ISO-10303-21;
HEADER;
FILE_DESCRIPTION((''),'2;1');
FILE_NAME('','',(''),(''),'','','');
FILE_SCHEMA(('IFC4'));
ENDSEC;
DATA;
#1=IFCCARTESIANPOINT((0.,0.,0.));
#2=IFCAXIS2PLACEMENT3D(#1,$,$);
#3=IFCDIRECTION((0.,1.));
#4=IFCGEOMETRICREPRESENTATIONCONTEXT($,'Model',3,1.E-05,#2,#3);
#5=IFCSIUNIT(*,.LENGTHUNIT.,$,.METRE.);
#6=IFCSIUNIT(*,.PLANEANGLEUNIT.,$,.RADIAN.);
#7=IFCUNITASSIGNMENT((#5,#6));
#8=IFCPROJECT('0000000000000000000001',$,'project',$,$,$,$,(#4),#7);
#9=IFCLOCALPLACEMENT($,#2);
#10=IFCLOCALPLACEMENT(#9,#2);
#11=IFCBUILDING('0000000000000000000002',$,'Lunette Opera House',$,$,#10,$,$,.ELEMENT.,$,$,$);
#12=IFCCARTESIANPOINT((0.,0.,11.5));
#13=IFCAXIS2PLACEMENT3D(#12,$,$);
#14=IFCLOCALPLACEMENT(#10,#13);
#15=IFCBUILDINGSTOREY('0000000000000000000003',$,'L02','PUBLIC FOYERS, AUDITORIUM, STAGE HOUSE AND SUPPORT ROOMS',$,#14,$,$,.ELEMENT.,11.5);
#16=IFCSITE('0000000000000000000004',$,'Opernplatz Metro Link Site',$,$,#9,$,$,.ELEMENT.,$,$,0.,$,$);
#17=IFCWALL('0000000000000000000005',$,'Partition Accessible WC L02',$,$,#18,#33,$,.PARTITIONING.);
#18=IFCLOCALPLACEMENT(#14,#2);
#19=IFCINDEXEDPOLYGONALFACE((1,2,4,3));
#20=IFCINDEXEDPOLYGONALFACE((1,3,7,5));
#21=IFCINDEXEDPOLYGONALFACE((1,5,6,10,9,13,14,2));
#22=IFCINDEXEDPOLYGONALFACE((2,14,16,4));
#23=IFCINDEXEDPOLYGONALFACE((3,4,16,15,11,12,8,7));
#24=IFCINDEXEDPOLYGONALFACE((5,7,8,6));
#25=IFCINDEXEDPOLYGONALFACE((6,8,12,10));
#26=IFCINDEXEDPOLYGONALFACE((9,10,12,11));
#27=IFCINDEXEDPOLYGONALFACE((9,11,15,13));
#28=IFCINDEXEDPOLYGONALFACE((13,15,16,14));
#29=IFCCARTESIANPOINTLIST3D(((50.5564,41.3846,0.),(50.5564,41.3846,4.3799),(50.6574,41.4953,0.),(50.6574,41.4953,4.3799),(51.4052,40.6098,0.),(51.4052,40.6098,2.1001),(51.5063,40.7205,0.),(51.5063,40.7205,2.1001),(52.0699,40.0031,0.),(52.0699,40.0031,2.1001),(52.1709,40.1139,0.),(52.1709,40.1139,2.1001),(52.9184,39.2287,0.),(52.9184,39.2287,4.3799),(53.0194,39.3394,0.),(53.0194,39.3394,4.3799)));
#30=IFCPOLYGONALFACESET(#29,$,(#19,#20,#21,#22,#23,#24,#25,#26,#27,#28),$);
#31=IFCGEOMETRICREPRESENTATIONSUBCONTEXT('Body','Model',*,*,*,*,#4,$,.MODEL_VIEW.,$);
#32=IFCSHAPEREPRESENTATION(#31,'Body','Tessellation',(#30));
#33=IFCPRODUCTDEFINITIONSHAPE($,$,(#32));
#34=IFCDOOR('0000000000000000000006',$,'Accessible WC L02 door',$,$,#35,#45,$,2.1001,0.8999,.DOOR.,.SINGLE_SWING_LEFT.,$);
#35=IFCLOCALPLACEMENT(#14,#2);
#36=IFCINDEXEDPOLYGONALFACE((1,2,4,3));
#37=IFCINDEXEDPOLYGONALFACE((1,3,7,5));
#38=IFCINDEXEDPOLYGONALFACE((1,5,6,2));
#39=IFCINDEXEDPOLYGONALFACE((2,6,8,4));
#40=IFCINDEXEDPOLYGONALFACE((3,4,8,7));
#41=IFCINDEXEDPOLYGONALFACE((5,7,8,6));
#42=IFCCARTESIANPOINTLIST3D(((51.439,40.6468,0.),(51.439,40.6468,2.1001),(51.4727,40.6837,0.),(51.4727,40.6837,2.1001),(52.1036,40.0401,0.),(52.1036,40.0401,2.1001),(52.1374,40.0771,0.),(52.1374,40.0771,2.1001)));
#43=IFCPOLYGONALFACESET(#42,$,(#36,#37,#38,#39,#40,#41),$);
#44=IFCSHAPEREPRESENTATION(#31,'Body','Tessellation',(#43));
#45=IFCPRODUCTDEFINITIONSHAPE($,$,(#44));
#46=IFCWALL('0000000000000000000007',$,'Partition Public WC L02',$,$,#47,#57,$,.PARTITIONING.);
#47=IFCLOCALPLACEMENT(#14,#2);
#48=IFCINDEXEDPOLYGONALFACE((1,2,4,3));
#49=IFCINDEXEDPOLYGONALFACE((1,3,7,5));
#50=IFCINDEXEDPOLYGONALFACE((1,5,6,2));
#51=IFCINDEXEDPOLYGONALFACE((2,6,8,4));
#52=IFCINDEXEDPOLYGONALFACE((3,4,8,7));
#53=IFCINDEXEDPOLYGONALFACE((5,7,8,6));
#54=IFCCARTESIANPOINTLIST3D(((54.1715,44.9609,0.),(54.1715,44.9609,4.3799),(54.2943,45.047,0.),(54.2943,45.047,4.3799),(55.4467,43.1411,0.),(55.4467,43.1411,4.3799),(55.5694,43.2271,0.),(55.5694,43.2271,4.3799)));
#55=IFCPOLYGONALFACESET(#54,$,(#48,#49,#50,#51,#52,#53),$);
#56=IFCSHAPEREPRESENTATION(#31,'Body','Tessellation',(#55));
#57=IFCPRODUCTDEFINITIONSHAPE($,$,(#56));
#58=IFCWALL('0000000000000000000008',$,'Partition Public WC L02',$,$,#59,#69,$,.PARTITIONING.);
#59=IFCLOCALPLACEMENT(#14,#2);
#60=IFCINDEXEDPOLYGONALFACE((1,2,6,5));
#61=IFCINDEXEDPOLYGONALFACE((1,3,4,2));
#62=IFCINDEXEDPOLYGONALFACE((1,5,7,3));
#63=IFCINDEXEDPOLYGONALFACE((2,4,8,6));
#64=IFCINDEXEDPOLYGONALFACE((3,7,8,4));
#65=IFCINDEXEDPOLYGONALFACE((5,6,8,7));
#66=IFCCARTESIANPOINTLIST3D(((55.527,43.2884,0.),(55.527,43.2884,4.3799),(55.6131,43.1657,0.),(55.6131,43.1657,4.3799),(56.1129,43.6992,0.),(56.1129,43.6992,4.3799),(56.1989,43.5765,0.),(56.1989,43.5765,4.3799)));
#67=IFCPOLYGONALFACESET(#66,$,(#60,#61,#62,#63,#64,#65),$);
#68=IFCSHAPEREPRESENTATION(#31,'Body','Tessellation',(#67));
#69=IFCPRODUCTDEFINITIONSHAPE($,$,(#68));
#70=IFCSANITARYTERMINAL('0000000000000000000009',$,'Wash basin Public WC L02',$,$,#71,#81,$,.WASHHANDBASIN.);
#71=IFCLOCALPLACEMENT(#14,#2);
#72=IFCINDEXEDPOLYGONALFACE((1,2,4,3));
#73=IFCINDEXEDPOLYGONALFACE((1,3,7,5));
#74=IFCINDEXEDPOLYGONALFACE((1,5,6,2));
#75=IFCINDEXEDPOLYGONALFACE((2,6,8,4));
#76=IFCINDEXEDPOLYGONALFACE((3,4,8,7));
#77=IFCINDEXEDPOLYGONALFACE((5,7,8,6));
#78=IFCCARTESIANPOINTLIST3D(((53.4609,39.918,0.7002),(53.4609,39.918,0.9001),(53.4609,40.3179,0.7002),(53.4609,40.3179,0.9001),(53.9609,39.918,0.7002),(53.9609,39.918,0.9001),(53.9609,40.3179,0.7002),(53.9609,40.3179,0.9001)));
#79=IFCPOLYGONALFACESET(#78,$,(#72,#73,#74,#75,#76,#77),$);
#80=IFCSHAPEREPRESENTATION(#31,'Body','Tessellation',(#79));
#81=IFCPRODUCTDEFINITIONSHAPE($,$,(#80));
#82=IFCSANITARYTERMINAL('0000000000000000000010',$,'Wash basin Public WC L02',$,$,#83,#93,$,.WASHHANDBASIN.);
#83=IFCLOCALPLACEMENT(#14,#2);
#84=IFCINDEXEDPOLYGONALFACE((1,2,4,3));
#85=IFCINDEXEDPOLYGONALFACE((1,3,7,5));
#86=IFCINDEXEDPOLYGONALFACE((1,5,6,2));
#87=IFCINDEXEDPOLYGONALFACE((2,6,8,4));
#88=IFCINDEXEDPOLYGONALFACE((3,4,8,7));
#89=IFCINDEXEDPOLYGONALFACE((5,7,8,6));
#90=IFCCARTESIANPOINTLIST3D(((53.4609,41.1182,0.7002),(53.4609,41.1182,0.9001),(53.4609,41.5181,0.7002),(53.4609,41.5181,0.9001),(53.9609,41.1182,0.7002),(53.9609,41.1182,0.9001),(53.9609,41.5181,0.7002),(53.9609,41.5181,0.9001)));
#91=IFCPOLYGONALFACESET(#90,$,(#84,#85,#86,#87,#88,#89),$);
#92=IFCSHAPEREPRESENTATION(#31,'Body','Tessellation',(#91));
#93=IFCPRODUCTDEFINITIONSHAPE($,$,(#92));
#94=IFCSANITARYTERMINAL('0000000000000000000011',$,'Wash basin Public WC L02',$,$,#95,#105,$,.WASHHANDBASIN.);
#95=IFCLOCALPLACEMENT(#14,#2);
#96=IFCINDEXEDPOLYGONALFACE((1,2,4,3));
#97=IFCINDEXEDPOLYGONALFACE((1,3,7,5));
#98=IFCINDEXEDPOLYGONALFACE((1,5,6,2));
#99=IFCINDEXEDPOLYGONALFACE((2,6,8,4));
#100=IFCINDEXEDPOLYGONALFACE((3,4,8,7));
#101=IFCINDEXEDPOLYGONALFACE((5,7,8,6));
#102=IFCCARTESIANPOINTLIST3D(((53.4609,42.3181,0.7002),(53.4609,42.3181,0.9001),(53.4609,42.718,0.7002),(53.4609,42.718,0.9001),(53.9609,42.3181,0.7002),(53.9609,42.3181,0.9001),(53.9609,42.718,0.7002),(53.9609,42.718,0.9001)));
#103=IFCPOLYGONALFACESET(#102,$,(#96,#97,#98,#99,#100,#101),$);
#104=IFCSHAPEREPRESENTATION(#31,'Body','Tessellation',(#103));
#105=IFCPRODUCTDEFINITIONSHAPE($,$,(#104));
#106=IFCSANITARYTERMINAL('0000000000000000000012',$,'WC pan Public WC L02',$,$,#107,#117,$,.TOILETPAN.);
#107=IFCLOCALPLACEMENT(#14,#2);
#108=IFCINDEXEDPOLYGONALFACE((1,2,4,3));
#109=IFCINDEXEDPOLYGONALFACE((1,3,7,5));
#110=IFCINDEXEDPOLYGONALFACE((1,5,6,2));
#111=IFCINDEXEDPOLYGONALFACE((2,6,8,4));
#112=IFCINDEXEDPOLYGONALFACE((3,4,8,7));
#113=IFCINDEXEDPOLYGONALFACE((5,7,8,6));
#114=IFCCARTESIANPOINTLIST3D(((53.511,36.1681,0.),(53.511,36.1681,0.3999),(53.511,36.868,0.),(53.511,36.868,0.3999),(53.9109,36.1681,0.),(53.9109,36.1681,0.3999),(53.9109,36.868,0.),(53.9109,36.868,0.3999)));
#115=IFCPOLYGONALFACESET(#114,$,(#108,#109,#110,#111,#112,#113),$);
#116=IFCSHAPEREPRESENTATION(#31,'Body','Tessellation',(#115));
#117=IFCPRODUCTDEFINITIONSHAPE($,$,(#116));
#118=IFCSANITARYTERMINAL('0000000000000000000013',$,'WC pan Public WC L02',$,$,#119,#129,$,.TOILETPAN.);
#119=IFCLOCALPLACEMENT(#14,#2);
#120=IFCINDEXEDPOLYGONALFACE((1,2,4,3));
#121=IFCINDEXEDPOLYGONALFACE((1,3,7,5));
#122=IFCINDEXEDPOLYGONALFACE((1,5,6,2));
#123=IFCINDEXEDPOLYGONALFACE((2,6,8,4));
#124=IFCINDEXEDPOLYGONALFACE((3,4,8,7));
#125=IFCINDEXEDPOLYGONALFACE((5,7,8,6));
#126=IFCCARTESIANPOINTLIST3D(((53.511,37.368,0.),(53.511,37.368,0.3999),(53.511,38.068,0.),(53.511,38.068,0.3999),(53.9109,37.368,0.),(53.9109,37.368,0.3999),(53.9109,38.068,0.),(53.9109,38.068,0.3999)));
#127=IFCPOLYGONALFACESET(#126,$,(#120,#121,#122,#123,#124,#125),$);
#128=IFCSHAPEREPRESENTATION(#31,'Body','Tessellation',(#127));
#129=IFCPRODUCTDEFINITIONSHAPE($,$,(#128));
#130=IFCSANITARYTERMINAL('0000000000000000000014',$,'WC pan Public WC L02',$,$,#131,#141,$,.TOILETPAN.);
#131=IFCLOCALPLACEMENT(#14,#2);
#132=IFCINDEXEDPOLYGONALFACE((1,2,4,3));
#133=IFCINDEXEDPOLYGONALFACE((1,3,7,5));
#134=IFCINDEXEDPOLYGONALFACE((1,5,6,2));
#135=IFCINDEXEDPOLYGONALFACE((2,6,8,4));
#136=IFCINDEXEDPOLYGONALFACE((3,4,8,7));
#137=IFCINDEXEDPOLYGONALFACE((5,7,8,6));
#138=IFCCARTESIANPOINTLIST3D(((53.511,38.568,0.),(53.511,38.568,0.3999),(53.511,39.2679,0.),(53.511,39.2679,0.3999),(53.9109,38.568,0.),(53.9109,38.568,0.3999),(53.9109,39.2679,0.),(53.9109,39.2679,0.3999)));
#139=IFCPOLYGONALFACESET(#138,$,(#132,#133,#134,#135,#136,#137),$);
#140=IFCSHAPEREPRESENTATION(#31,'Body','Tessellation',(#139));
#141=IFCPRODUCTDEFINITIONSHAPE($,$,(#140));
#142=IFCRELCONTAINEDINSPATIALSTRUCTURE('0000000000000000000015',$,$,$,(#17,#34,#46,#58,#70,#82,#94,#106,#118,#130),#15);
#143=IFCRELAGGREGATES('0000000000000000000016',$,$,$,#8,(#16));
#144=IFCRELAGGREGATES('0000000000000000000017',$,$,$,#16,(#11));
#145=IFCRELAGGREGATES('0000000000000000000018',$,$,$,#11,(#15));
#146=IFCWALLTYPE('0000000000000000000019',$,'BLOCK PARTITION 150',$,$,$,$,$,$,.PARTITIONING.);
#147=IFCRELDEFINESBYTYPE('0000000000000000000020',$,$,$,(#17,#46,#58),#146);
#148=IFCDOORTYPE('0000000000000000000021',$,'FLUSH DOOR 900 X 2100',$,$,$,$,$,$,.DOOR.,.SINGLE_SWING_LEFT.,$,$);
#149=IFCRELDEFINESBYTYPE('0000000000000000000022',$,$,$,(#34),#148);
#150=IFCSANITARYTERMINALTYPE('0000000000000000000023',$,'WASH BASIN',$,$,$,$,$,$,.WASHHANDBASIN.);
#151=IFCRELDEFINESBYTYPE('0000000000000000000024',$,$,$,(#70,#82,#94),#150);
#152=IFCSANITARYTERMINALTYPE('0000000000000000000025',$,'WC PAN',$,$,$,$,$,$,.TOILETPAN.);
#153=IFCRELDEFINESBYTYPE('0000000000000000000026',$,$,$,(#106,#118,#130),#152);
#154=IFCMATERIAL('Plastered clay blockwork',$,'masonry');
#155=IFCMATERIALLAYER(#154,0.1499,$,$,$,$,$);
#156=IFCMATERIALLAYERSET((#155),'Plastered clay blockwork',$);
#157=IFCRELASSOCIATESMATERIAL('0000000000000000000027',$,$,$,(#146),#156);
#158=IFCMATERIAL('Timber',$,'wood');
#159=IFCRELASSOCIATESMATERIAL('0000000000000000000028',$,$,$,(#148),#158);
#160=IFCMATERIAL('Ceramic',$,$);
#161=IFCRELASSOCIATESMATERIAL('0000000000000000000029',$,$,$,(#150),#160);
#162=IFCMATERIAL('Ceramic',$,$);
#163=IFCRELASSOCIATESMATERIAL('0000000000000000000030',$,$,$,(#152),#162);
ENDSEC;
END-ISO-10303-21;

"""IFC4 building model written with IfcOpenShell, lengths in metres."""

from ifc_helpers import new_model, si_unit, direction, frame, frame_2d, origin, origin_2d, place, context, subcontext, project, spatial, rectangle, extrude, material, layer, layer_set, type_object, element, fill, save


model = new_model("IFC4")

# Units and contexts
model_context = context("Model", 3, precision=1e-05, world=origin(), true_north=direction((0.0, 1.0)))
body_context = subcontext(model_context, "Body", "Model", "MODEL_VIEW")
ifc_project = project(units=[si_unit("LENGTHUNIT", "METRE"), si_unit("PLANEANGLEUNIT", "RADIAN")], contexts=[model_context])

# Site, building, storey
site_placement = place(None, origin())
site = spatial("IfcSite", under=ifc_project, at=site_placement, Name="Opernplatz Metro Link Site", CompositionType="ELEMENT", RefElevation=0.0)
building_placement = place(site_placement, origin())
building = spatial("IfcBuilding", under=site, at=building_placement, Name="Lunette Opera House", CompositionType="ELEMENT")
storey_placement = place(building_placement, frame((0.0, 0.0, 11.5)))
storey = spatial("IfcBuildingStorey", under=building, at=storey_placement, Name="L02", Description="PUBLIC FOYERS, AUDITORIUM, STAGE HOUSE AND SUPPORT ROOMS", CompositionType="ELEMENT", Elevation=11.5)

# Wall, opening, door
ifc_material_1 = material(Name="Plastered clay blockwork", Category="masonry")
ifc_layer_1 = layer(ifc_material_1, 0.1499)
ifc_layer_set_1 = layer_set([ifc_layer_1], Name="Plastered clay blockwork")
wall_type = type_object("IfcWallType", Name="BLOCK PARTITION 150", PredefinedType="PARTITIONING", material=ifc_layer_set_1)
wall_1_placement = place(storey_placement, frame((52.969, 39.2839, 0.0), z_axis=(0.0, 0.0, 1.0), x_axis=(-0.738588, 0.674157, 0.0)))
wall_1 = element("IfcWall", 1, at=wall_1_placement, inside=storey, type_object=wall_type, Name="Partition Accessible WC L02", PredefinedType="PARTITIONING", context=body_context, shape_type="SweptSolid", body=[
    extrude(rectangle(XDim=3.198, YDim=0.1499, at=frame_2d((1.5991, 0.0))), origin(), (0.0, 0.0, 1.0), 4.3799),
])
opening_placement = place(wall_1_placement, frame((1.1489, 0.0, 0.0)))
opening = element("IfcOpeningElement", 2, at=opening_placement, cuts=wall_1, PredefinedType="OPENING", context=body_context, shape_type="SweptSolid", body=[
    extrude(rectangle(XDim=0.8999, YDim=2.1001, at=frame_2d((0.45, 1.05))), frame((0.0, 0.0869, 0.0), z_axis=(0.0, -1.0, 0.0), x_axis=(1.0, 0.0, 0.0)), (0.0, 0.0, 1.0), 0.1738),
])
ifc_material_2 = material(Name="Timber", Category="wood")
door_type = type_object("IfcDoorType", Name="FLUSH DOOR 900 X 2100", OperationType="SINGLE_SWING_LEFT", PredefinedType="DOOR", material=ifc_material_2)
door_placement = place(opening_placement, origin())
door = element("IfcDoor", 3, at=door_placement, inside=storey, type_object=door_type, Name="Accessible WC L02 door", OperationType="SINGLE_SWING_LEFT", OverallHeight=2.1001, OverallWidth=0.8999, PredefinedType="DOOR", context=body_context, shape_type="SweptSolid", body=[
    extrude(rectangle(XDim=0.8999, YDim=2.1001, at=frame_2d((0.45, 1.05))), frame((0.0, 0.0249, 0.0), z_axis=(0.0, -1.0, 0.0), x_axis=(1.0, 0.0, 0.0)), (0.0, 0.0, 1.0), 0.05),
])
fill(opening, door)

# Walls
wall_2_placement = place(storey_placement, frame((55.5081, 43.1841, 0.0), z_axis=(0.0, 0.0, 1.0), x_axis=(-0.573846, 0.818963, 0.0)))
element("IfcWall", 4, at=wall_2_placement, inside=storey, type_object=wall_type, Name="Partition Public WC L02", PredefinedType="PARTITIONING", context=body_context, shape_type="SweptSolid", body=[
    extrude(rectangle(XDim=2.2222, YDim=0.1499, at=frame_2d((1.1111, 0.0))), origin(), (0.0, 0.0, 1.0), 4.3799),
])
wall_3_placement = place(storey_placement, frame((56.156, 43.6379, 0.0), z_axis=(0.0, 0.0, 1.0), x_axis=(-0.818751, -0.574149, 0.0)))
element("IfcWall", 5, at=wall_3_placement, inside=storey, type_object=wall_type, Name="Partition Public WC L02", PredefinedType="PARTITIONING", context=body_context, shape_type="SweptSolid", body=[
    extrude(rectangle(XDim=0.7156, YDim=0.1499, at=frame_2d((0.3579, 0.0))), origin(), (0.0, 0.0, 1.0), 4.3799),
])

# Sanitary terminals
ifc_material_3 = material(Name="Ceramic")
sanitary_terminal_type_1 = type_object("IfcSanitaryTerminalType", Name="WASH BASIN", PredefinedType="WASHHANDBASIN", material=ifc_material_3)
for number, where, z_axis, x_axis, name in (
    (6, (53.7109, 40.1179, 0.7002), (0.0, 0.0, 1.0), (1.0, 0.0, 0.0), "Wash basin Public WC L02"),
    (7, (53.7109, 41.3181, 0.7002), (0.0, 0.0, 1.0), (1.0, 0.0, 0.0), "Wash basin Public WC L02"),
    (8, (53.7109, 42.5181, 0.7002), (0.0, 0.0, 1.0), (1.0, 0.0, 0.0), "Wash basin Public WC L02"),
):
    element("IfcSanitaryTerminal", number, at=place(storey_placement, frame(where, z_axis=z_axis, x_axis=x_axis)), inside=storey, type_object=sanitary_terminal_type_1, Name=name, PredefinedType="WASHHANDBASIN", context=body_context, shape_type="SweptSolid", body=[
        extrude(rectangle(XDim=0.5, YDim=0.3999, at=origin_2d()), origin(), (0.0, 0.0, 1.0), 0.2),
    ])
ifc_material_4 = material(Name="Ceramic")
sanitary_terminal_type_2 = type_object("IfcSanitaryTerminalType", Name="WC PAN", PredefinedType="TOILETPAN", material=ifc_material_4)
for number, where, z_axis, x_axis, name in (
    (9, (53.7109, 36.5181, 0.0), (0.0, 0.0, 1.0), (1.0, 0.0, 0.0), "WC pan Public WC L02"),
    (10, (53.7109, 37.718, 0.0), (0.0, 0.0, 1.0), (1.0, 0.0, 0.0), "WC pan Public WC L02"),
    (11, (53.7109, 38.918, 0.0), (0.0, 0.0, 1.0), (1.0, 0.0, 0.0), "WC pan Public WC L02"),
):
    element("IfcSanitaryTerminal", number, at=place(storey_placement, frame(where, z_axis=z_axis, x_axis=x_axis)), inside=storey, type_object=sanitary_terminal_type_2, Name=name, PredefinedType="TOILETPAN", context=body_context, shape_type="SweptSolid", body=[
        extrude(rectangle(XDim=0.3999, YDim=0.7, at=origin_2d()), origin(), (0.0, 0.0, 1.0), 0.3999),
    ])

save(model, "model.ifc")
